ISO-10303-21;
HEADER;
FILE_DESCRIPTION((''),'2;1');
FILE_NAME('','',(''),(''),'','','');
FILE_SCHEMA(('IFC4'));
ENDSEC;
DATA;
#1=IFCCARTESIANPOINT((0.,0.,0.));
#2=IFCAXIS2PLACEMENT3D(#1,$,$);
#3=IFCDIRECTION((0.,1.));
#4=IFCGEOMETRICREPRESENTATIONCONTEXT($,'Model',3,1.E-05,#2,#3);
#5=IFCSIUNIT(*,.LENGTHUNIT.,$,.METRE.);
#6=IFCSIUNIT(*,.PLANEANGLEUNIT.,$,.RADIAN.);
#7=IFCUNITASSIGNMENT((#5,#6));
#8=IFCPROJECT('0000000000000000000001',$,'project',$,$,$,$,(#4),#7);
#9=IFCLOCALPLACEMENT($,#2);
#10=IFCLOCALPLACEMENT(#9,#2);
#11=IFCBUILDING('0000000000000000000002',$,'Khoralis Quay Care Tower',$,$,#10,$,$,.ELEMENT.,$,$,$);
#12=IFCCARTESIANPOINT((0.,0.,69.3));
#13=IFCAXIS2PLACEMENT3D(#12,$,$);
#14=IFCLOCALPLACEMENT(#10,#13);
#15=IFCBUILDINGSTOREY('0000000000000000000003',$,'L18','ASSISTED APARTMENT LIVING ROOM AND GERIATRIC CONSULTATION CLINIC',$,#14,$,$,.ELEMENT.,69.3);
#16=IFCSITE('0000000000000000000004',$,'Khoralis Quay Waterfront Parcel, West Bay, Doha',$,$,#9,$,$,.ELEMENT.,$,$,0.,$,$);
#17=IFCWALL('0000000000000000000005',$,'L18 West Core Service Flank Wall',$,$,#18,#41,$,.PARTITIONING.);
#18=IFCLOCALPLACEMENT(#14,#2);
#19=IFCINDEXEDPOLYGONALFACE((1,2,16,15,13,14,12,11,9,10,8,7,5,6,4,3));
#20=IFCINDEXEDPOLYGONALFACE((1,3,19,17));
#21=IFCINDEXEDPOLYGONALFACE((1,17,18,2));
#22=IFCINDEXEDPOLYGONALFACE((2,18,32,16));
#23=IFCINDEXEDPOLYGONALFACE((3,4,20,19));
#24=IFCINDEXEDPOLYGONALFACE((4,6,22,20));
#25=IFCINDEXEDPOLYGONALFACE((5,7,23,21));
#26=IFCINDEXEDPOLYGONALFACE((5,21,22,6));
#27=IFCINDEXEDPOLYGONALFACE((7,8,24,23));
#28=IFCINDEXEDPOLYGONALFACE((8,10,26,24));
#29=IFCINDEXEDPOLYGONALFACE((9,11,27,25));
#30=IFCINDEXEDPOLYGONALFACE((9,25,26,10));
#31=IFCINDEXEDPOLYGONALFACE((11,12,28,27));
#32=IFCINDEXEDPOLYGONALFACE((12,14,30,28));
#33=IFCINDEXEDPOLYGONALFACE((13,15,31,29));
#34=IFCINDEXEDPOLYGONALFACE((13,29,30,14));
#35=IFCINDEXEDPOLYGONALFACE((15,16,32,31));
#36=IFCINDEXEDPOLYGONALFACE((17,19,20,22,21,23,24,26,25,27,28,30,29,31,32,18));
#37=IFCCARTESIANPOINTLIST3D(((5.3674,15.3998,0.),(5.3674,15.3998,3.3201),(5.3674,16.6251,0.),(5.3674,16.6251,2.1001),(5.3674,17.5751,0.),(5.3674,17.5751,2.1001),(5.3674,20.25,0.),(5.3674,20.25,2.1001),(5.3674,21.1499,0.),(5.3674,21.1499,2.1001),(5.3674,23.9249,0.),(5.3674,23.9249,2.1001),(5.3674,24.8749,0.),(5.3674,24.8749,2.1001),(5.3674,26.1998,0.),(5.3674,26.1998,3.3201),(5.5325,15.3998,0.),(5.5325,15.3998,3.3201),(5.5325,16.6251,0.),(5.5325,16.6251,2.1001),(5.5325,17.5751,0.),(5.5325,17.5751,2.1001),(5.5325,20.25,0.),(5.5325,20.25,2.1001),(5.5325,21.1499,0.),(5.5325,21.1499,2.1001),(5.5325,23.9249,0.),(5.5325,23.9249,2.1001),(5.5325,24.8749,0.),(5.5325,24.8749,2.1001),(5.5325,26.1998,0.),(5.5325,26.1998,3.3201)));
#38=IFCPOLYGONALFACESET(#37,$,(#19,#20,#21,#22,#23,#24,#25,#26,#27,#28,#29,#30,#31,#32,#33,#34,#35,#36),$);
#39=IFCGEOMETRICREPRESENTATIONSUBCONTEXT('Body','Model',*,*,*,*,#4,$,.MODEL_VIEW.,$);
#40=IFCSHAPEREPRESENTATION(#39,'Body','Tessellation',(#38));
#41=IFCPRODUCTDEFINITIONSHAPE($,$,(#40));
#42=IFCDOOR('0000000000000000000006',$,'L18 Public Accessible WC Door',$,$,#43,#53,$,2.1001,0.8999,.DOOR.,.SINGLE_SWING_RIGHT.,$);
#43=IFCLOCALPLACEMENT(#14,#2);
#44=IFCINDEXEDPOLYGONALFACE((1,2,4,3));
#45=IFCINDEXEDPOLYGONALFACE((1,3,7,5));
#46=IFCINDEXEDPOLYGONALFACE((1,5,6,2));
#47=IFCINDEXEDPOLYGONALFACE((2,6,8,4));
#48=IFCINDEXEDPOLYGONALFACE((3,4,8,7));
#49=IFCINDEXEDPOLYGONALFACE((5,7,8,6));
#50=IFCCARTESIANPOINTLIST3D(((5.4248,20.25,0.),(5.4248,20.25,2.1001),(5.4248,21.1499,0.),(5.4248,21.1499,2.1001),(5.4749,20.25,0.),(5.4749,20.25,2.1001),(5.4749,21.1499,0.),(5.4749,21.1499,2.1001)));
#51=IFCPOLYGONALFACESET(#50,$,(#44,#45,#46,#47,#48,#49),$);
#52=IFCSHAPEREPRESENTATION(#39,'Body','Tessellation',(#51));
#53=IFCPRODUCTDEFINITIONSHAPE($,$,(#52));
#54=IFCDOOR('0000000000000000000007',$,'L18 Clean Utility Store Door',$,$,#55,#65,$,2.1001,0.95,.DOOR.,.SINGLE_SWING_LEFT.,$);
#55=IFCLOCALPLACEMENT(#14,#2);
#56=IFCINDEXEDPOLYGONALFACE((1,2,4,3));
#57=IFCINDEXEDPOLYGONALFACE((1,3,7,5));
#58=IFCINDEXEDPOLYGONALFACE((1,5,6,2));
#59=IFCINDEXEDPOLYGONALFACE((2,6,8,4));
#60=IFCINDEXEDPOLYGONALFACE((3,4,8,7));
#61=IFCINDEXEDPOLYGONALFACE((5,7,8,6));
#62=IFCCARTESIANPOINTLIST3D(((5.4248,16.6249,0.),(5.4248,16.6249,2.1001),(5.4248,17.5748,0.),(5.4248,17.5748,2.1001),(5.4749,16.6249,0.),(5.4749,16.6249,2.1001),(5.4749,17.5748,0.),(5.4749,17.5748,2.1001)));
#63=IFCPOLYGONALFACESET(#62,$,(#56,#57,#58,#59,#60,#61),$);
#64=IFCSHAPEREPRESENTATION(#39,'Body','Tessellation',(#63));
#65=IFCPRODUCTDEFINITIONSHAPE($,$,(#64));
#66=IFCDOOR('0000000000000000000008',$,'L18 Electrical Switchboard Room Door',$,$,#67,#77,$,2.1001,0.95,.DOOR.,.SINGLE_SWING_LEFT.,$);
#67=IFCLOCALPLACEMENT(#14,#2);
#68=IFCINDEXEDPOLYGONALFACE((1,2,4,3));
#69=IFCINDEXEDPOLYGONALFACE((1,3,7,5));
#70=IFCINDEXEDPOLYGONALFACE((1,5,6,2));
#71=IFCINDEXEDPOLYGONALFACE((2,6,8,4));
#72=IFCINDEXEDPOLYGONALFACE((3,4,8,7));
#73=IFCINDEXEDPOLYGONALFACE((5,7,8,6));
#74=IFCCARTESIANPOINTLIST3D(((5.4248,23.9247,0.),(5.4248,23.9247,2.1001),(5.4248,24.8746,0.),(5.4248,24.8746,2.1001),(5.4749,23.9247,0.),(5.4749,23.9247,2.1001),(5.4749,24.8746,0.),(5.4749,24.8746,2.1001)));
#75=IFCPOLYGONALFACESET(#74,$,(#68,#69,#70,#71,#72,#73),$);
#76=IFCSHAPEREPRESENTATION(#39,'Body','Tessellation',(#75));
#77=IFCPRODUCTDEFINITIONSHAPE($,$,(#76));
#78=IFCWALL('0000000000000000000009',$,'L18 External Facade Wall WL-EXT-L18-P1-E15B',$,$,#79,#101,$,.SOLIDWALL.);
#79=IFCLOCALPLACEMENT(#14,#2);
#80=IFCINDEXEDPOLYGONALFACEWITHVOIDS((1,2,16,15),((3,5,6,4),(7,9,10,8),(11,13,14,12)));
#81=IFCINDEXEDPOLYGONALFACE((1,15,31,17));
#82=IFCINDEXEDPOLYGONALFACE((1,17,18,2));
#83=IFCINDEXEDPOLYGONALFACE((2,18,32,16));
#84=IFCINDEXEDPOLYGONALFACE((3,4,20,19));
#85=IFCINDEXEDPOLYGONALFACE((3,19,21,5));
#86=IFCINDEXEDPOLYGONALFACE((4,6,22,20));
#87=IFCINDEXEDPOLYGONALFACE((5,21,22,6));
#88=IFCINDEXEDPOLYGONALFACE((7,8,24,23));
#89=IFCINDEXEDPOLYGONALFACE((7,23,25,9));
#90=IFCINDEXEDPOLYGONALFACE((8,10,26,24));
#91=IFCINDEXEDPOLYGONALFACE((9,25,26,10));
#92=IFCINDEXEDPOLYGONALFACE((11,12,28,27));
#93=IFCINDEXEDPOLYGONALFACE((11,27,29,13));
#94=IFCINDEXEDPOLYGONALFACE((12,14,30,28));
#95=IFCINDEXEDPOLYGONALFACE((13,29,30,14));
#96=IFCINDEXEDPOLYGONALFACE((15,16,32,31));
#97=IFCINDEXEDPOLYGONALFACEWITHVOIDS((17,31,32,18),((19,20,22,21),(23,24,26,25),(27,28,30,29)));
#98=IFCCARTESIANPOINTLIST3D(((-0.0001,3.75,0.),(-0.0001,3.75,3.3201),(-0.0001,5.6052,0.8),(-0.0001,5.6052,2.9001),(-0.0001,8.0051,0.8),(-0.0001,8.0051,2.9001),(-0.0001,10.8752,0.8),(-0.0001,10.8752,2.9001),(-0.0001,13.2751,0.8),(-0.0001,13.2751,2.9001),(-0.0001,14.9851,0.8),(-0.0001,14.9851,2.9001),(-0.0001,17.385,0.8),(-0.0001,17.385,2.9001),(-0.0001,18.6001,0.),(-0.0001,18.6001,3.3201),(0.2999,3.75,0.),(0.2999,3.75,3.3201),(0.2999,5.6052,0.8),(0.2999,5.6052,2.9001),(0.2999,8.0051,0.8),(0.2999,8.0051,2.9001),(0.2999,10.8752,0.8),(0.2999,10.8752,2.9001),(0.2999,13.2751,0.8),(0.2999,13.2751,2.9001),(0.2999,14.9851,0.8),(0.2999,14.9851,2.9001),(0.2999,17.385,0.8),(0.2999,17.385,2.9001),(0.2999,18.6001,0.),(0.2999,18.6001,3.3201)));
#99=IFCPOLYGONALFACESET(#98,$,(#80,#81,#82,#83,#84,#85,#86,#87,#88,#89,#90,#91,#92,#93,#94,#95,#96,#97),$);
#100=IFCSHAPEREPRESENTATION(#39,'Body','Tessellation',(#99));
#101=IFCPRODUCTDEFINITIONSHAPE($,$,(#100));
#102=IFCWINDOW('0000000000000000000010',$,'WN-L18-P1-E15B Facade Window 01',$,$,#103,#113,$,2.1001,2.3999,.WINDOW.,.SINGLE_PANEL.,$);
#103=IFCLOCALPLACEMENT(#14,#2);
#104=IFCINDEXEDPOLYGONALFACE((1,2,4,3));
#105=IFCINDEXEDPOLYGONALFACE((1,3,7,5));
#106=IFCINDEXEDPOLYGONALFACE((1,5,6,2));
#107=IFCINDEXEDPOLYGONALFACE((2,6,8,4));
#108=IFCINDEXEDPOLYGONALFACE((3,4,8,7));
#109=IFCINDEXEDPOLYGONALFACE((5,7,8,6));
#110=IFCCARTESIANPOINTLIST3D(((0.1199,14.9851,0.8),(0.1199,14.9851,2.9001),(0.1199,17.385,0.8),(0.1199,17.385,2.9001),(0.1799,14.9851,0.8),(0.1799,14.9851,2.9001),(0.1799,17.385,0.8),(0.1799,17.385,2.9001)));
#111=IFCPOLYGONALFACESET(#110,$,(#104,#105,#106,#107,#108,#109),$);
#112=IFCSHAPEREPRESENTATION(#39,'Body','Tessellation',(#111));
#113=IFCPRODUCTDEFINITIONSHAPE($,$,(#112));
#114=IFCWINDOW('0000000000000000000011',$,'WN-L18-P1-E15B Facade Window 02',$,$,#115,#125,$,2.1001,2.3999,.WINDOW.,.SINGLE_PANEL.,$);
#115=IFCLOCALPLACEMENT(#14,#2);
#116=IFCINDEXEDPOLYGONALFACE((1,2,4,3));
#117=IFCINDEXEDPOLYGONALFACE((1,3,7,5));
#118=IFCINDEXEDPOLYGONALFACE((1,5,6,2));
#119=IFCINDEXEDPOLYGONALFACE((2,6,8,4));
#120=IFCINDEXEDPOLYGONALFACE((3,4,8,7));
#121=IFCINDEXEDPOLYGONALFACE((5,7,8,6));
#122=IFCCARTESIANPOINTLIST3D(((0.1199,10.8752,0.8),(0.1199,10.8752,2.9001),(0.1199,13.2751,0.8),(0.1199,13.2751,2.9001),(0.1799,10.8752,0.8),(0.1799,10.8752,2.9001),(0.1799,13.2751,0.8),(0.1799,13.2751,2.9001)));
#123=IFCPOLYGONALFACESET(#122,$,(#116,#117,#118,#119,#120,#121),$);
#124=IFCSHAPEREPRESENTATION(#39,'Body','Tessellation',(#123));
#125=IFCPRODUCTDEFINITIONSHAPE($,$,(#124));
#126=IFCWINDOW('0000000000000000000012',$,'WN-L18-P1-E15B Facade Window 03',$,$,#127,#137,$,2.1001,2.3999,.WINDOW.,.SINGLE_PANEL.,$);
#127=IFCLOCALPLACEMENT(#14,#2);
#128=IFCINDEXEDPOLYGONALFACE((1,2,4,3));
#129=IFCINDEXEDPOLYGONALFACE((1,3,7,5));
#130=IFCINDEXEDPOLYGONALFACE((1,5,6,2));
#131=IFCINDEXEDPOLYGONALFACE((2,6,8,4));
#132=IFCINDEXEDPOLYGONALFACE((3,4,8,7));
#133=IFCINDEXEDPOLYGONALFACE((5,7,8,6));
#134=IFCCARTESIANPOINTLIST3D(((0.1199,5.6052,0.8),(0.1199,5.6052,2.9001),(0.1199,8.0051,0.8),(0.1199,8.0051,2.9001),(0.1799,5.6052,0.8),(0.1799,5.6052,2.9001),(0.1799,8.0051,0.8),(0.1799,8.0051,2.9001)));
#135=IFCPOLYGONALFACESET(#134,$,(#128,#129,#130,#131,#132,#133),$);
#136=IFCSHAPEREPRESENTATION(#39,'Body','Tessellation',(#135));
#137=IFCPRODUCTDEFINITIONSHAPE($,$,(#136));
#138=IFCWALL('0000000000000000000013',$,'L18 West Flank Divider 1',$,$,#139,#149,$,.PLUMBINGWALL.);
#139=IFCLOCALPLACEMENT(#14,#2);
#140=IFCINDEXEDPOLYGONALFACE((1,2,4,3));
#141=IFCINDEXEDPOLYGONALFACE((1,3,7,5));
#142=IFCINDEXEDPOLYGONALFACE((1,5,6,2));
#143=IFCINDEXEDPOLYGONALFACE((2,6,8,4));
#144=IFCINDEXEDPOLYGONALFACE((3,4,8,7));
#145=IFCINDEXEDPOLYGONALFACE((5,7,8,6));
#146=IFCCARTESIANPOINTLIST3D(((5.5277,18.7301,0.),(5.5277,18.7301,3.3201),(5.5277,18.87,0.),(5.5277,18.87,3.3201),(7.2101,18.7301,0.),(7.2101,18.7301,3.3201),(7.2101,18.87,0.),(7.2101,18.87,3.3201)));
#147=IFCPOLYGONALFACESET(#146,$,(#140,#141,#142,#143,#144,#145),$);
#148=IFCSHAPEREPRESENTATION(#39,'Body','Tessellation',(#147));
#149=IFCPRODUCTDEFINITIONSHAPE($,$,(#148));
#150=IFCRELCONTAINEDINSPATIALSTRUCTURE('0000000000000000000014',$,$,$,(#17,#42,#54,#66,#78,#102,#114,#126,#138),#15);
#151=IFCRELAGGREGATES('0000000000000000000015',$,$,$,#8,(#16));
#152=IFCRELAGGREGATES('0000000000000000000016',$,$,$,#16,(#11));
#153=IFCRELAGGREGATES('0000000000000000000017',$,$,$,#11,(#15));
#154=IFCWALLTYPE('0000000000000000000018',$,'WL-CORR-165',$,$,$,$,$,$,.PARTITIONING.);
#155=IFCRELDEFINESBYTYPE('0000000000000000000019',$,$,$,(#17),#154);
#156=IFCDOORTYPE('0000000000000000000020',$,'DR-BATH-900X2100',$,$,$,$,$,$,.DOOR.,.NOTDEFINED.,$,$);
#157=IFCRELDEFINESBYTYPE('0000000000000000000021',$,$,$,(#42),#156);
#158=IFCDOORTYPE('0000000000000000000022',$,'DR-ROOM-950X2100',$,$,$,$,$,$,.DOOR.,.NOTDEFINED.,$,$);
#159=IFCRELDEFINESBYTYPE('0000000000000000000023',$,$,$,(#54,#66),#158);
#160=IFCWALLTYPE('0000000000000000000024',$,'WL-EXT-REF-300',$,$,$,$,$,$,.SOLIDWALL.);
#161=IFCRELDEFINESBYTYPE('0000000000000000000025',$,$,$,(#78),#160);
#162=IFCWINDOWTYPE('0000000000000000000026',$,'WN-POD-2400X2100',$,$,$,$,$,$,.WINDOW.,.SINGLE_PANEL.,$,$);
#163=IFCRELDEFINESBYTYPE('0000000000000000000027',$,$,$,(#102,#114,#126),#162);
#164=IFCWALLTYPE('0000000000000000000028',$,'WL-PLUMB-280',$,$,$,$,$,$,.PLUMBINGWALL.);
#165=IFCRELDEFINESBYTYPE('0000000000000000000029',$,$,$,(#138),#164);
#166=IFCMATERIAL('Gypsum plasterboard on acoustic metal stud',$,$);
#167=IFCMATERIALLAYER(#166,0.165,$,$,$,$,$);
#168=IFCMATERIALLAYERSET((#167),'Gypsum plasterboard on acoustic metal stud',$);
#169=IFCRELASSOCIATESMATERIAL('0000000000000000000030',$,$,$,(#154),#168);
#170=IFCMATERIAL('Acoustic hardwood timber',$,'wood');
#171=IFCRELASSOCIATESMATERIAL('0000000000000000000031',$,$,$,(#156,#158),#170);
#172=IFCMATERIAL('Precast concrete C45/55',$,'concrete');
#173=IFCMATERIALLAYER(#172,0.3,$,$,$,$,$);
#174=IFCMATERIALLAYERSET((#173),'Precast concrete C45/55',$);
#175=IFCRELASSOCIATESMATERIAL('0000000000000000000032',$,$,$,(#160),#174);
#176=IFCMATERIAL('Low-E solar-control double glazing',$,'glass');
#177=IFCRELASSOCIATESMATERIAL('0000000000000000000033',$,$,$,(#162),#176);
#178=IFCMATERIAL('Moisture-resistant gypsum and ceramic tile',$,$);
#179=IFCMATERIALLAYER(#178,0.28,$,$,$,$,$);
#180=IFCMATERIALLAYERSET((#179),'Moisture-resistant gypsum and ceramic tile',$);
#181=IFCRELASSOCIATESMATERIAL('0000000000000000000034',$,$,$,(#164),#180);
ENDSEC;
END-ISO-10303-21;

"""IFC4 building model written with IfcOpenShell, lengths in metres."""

from ifc_helpers import new_model, si_unit, direction, frame, frame_2d, origin, place, context, subcontext, project, spatial, rectangle, extrude, source, transform, mapped, material, layer, layer_set, type_object, element, fill, save


model = new_model("IFC4")

# Units and contexts
model_context = context("Model", 3, precision=1e-05, world=origin(), true_north=direction((0.0, 1.0)))
body_context = subcontext(model_context, "Body", "Model", "MODEL_VIEW")
ifc_project = project(units=[si_unit("LENGTHUNIT", "METRE"), si_unit("PLANEANGLEUNIT", "RADIAN")], contexts=[model_context])

# Site, building, storey
site_placement = place(None, origin())
site = spatial("IfcSite", under=ifc_project, at=site_placement, Name="Khoralis Quay Waterfront Parcel, West Bay, Doha", CompositionType="ELEMENT", RefElevation=0.0)
building_placement = place(site_placement, origin())
building = spatial("IfcBuilding", under=site, at=building_placement, Name="Khoralis Quay Care Tower", CompositionType="ELEMENT")
storey_placement = place(building_placement, frame((0.0, 0.0, 69.3)))
storey = spatial("IfcBuildingStorey", under=building, at=storey_placement, Name="L18", Description="ASSISTED APARTMENT LIVING ROOM AND GERIATRIC CONSULTATION CLINIC", CompositionType="ELEMENT", Elevation=69.3)

# Wall, openings, doors
ifc_material_1 = material(Name="Gypsum plasterboard on acoustic metal stud")
ifc_layer_1 = layer(ifc_material_1, 0.165)
ifc_layer_set_1 = layer_set([ifc_layer_1], Name="Gypsum plasterboard on acoustic metal stud")
wall_type_1 = type_object("IfcWallType", Name="WL-CORR-165", PredefinedType="PARTITIONING", material=ifc_layer_set_1)
wall_1_placement = place(storey_placement, frame((5.45, 15.3999, 0.0), z_axis=(0.0, 0.0, 1.0), x_axis=(0.0, 1.0, 0.0)))
wall_1 = element("IfcWall", 1, at=wall_1_placement, inside=storey, type_object=wall_type_1, Name="L18 West Core Service Flank Wall", PredefinedType="PARTITIONING", context=body_context, shape_type="SweptSolid", body=[
    extrude(rectangle(XDim=10.8, YDim=0.165, at=frame_2d((5.3999, 0.0))), origin(), (0.0, 0.0, 1.0), 3.3201),
])
opening_1_placement = place(wall_1_placement, frame((1.2251, 0.0, 0.0)))
opening_1 = element("IfcOpeningElement", 2, at=opening_1_placement, cuts=wall_1, PredefinedType="OPENING", context=body_context, shape_type="SweptSolid", body=[
    extrude(rectangle(XDim=0.95, YDim=2.1001, at=frame_2d((0.4751, 1.05))), frame((0.0, 0.0925, 0.0), z_axis=(0.0, -1.0, 0.0), x_axis=(1.0, 0.0, 0.0)), (0.0, 0.0, 1.0), 0.1851),
])
opening_2_placement = place(wall_1_placement, frame((4.8501, 0.0, 0.0)))
opening_2 = element("IfcOpeningElement", 3, at=opening_2_placement, cuts=wall_1, PredefinedType="OPENING", context=body_context, shape_type="SweptSolid", body=[
    extrude(rectangle(XDim=0.8999, YDim=2.1001, at=frame_2d((0.45, 1.05))), frame((0.0, 0.0925, 0.0), z_axis=(0.0, -1.0, 0.0), x_axis=(1.0, 0.0, 0.0)), (0.0, 0.0, 1.0), 0.1851),
])
opening_3_placement = place(wall_1_placement, frame((8.5249, 0.0, 0.0)))
opening_3 = element("IfcOpeningElement", 4, at=opening_3_placement, cuts=wall_1, PredefinedType="OPENING", context=body_context, shape_type="SweptSolid", body=[
    extrude(rectangle(XDim=0.95, YDim=2.1001, at=frame_2d((0.4751, 1.05))), frame((0.0, 0.0925, 0.0), z_axis=(0.0, -1.0, 0.0), x_axis=(1.0, 0.0, 0.0)), (0.0, 0.0, 1.0), 0.1851),
])
ifc_material_2 = material(Name="Acoustic hardwood timber", Category="wood")
door_type_1 = type_object("IfcDoorType", Name="DR-BATH-900X2100", OperationType="NOTDEFINED", PredefinedType="DOOR", material=ifc_material_2)
shared_shape_1 = source(origin(), body_context, "Body", "SweptSolid", [
    extrude(rectangle(XDim=0.8999, YDim=2.1001, at=frame_2d((0.45, 1.05))), frame((0.0, 0.0249, 0.0), z_axis=(0.0, -1.0, 0.0), x_axis=(1.0, 0.0, 0.0)), (0.0, 0.0, 1.0), 0.05),
])
door_1_placement = place(opening_2_placement, frame((0.8999, 0.0, 0.0), z_axis=(0.0, 0.0, 1.0), x_axis=(-1.0, 0.0, 0.0)))
door_1 = element("IfcDoor", 5, at=door_1_placement, inside=storey, type_object=door_type_1, Name="L18 Public Accessible WC Door", OperationType="SINGLE_SWING_RIGHT", OverallHeight=2.1001, OverallWidth=0.8999, PredefinedType="DOOR", context=body_context, shape_type="MappedRepresentation", body=[
    mapped(shared_shape_1, transform((0.0, 0.0, 0.0), scale=1.0)),
])
fill(opening_2, door_1)
door_type_2 = type_object("IfcDoorType", Name="DR-ROOM-950X2100", OperationType="NOTDEFINED", PredefinedType="DOOR", material=ifc_material_2)
shared_shape_2 = source(origin(), body_context, "Body", "SweptSolid", [
    extrude(rectangle(XDim=0.95, YDim=2.1001, at=frame_2d((0.4751, 1.05))), frame((0.0, 0.0249, 0.0), z_axis=(0.0, -1.0, 0.0), x_axis=(1.0, 0.0, 0.0)), (0.0, 0.0, 1.0), 0.05),
])
door_2_placement = place(opening_1_placement, frame((0.95, 0.0, 0.0), z_axis=(0.0, 0.0, 1.0), x_axis=(-1.0, 0.0, 0.0)))
door_2 = element("IfcDoor", 6, at=door_2_placement, inside=storey, type_object=door_type_2, Name="L18 Clean Utility Store Door", OperationType="SINGLE_SWING_LEFT", OverallHeight=2.1001, OverallWidth=0.95, PredefinedType="DOOR", context=body_context, shape_type="MappedRepresentation", body=[
    mapped(shared_shape_2, transform((0.0, 0.0, 0.0), scale=1.0)),
])
fill(opening_1, door_2)
door_3_placement = place(opening_3_placement, frame((0.95, 0.0, 0.0), z_axis=(0.0, 0.0, 1.0), x_axis=(-1.0, 0.0, 0.0)))
door_3 = element("IfcDoor", 7, at=door_3_placement, inside=storey, type_object=door_type_2, Name="L18 Electrical Switchboard Room Door", OperationType="SINGLE_SWING_LEFT", OverallHeight=2.1001, OverallWidth=0.95, PredefinedType="DOOR", context=body_context, shape_type="MappedRepresentation", body=[
    mapped(shared_shape_2, transform((0.0, 0.0, 0.0), scale=1.0)),
])
fill(opening_3, door_3)

# Wall, openings, windows
ifc_material_3 = material(Name="Precast concrete C45/55", Category="concrete")
ifc_layer_2 = layer(ifc_material_3, 0.3)
ifc_layer_set_2 = layer_set([ifc_layer_2], Name="Precast concrete C45/55")
wall_type_2 = type_object("IfcWallType", Name="WL-EXT-REF-300", PredefinedType="SOLIDWALL", material=ifc_layer_set_2)
wall_2_placement = place(storey_placement, frame((0.1499, 18.6001, 0.0), z_axis=(0.0, 0.0, 1.0), x_axis=(0.0, -1.0, 0.0)))
wall_2 = element("IfcWall", 8, at=wall_2_placement, inside=storey, type_object=wall_type_2, Name="L18 External Facade Wall WL-EXT-L18-P1-E15B", PredefinedType="SOLIDWALL", context=body_context, shape_type="SweptSolid", body=[
    extrude(rectangle(XDim=14.8501, YDim=0.3, at=frame_2d((7.425, 0.0))), origin(), (0.0, 0.0, 1.0), 3.3201),
])
opening_4_placement = place(wall_2_placement, frame((1.2151, 0.0, 0.8)))
opening_4 = element("IfcOpeningElement", 9, at=opening_4_placement, cuts=wall_2, PredefinedType="OPENING", context=body_context, shape_type="SweptSolid", body=[
    extrude(rectangle(XDim=2.3999, YDim=2.1001, at=frame_2d((1.2, 1.05))), frame((0.0, 0.1602, 0.0), z_axis=(0.0, -1.0, 0.0), x_axis=(1.0, 0.0, 0.0)), (0.0, 0.0, 1.0), 0.3201),
])
opening_5_placement = place(wall_2_placement, frame((5.325, 0.0, 0.8)))
opening_5 = element("IfcOpeningElement", 10, at=opening_5_placement, cuts=wall_2, PredefinedType="OPENING", context=body_context, shape_type="SweptSolid", body=[
    extrude(rectangle(XDim=2.3999, YDim=2.1001, at=frame_2d((1.2, 1.05))), frame((0.0, 0.1602, 0.0), z_axis=(0.0, -1.0, 0.0), x_axis=(1.0, 0.0, 0.0)), (0.0, 0.0, 1.0), 0.3201),
])
opening_6_placement = place(wall_2_placement, frame((10.595, 0.0, 0.8)))
opening_6 = element("IfcOpeningElement", 11, at=opening_6_placement, cuts=wall_2, PredefinedType="OPENING", context=body_context, shape_type="SweptSolid", body=[
    extrude(rectangle(XDim=2.3999, YDim=2.1001, at=frame_2d((1.2, 1.05))), frame((0.0, 0.1602, 0.0), z_axis=(0.0, -1.0, 0.0), x_axis=(1.0, 0.0, 0.0)), (0.0, 0.0, 1.0), 0.3201),
])
ifc_material_4 = material(Name="Low-E solar-control double glazing", Category="glass")
window_type = type_object("IfcWindowType", Name="WN-POD-2400X2100", PartitioningType="SINGLE_PANEL", PredefinedType="WINDOW", material=ifc_material_4)
shared_shape_3 = source(origin(), body_context, "Body", "SweptSolid", [
    extrude(rectangle(XDim=2.3999, YDim=2.1001, at=frame_2d((1.2, 1.05))), frame((0.0, 0.03, 0.0), z_axis=(0.0, -1.0, 0.0), x_axis=(1.0, 0.0, 0.0)), (0.0, 0.0, 1.0), 0.0601),
])
window_1_placement = place(opening_4_placement, origin())
window_1 = element("IfcWindow", 12, at=window_1_placement, inside=storey, type_object=window_type, Name="WN-L18-P1-E15B Facade Window 01", OverallHeight=2.1001, OverallWidth=2.3999, PartitioningType="SINGLE_PANEL", PredefinedType="WINDOW", context=body_context, shape_type="MappedRepresentation", body=[
    mapped(shared_shape_3, transform((0.0, 0.0, 0.0), scale=1.0)),
])
fill(opening_4, window_1)
window_2_placement = place(opening_5_placement, origin())
window_2 = element("IfcWindow", 13, at=window_2_placement, inside=storey, type_object=window_type, Name="WN-L18-P1-E15B Facade Window 02", OverallHeight=2.1001, OverallWidth=2.3999, PartitioningType="SINGLE_PANEL", PredefinedType="WINDOW", context=body_context, shape_type="MappedRepresentation", body=[
    mapped(shared_shape_3, transform((0.0, 0.0, 0.0), scale=1.0)),
])
fill(opening_5, window_2)
window_3_placement = place(opening_6_placement, origin())
window_3 = element("IfcWindow", 14, at=window_3_placement, inside=storey, type_object=window_type, Name="WN-L18-P1-E15B Facade Window 03", OverallHeight=2.1001, OverallWidth=2.3999, PartitioningType="SINGLE_PANEL", PredefinedType="WINDOW", context=body_context, shape_type="MappedRepresentation", body=[
    mapped(shared_shape_3, transform((0.0, 0.0, 0.0), scale=1.0)),
])
fill(opening_6, window_3)

# Wall
ifc_material_5 = material(Name="Moisture-resistant gypsum and ceramic tile")
ifc_layer_3 = layer(ifc_material_5, 0.28)
ifc_layer_set_3 = layer_set([ifc_layer_3], Name="Moisture-resistant gypsum and ceramic tile")
wall_type_3 = type_object("IfcWallType", Name="WL-PLUMB-280", PredefinedType="PLUMBINGWALL", material=ifc_layer_set_3)
wall_3_placement = place(storey_placement, frame((5.5276, 18.8, 0.0), z_axis=(0.0, 0.0, 1.0), x_axis=(1.0, 0.0, 0.0)))
element("IfcWall", 15, at=wall_3_placement, inside=storey, type_object=wall_type_3, Name="L18 West Flank Divider 1", PredefinedType="PLUMBINGWALL", context=body_context, shape_type="SweptSolid", body=[
    extrude(rectangle(XDim=1.6824, YDim=0.1399, at=frame_2d((0.8413, 0.0))), origin(), (0.0, 0.0, 1.0), 3.3201),
])

save(model, "model.ifc")
